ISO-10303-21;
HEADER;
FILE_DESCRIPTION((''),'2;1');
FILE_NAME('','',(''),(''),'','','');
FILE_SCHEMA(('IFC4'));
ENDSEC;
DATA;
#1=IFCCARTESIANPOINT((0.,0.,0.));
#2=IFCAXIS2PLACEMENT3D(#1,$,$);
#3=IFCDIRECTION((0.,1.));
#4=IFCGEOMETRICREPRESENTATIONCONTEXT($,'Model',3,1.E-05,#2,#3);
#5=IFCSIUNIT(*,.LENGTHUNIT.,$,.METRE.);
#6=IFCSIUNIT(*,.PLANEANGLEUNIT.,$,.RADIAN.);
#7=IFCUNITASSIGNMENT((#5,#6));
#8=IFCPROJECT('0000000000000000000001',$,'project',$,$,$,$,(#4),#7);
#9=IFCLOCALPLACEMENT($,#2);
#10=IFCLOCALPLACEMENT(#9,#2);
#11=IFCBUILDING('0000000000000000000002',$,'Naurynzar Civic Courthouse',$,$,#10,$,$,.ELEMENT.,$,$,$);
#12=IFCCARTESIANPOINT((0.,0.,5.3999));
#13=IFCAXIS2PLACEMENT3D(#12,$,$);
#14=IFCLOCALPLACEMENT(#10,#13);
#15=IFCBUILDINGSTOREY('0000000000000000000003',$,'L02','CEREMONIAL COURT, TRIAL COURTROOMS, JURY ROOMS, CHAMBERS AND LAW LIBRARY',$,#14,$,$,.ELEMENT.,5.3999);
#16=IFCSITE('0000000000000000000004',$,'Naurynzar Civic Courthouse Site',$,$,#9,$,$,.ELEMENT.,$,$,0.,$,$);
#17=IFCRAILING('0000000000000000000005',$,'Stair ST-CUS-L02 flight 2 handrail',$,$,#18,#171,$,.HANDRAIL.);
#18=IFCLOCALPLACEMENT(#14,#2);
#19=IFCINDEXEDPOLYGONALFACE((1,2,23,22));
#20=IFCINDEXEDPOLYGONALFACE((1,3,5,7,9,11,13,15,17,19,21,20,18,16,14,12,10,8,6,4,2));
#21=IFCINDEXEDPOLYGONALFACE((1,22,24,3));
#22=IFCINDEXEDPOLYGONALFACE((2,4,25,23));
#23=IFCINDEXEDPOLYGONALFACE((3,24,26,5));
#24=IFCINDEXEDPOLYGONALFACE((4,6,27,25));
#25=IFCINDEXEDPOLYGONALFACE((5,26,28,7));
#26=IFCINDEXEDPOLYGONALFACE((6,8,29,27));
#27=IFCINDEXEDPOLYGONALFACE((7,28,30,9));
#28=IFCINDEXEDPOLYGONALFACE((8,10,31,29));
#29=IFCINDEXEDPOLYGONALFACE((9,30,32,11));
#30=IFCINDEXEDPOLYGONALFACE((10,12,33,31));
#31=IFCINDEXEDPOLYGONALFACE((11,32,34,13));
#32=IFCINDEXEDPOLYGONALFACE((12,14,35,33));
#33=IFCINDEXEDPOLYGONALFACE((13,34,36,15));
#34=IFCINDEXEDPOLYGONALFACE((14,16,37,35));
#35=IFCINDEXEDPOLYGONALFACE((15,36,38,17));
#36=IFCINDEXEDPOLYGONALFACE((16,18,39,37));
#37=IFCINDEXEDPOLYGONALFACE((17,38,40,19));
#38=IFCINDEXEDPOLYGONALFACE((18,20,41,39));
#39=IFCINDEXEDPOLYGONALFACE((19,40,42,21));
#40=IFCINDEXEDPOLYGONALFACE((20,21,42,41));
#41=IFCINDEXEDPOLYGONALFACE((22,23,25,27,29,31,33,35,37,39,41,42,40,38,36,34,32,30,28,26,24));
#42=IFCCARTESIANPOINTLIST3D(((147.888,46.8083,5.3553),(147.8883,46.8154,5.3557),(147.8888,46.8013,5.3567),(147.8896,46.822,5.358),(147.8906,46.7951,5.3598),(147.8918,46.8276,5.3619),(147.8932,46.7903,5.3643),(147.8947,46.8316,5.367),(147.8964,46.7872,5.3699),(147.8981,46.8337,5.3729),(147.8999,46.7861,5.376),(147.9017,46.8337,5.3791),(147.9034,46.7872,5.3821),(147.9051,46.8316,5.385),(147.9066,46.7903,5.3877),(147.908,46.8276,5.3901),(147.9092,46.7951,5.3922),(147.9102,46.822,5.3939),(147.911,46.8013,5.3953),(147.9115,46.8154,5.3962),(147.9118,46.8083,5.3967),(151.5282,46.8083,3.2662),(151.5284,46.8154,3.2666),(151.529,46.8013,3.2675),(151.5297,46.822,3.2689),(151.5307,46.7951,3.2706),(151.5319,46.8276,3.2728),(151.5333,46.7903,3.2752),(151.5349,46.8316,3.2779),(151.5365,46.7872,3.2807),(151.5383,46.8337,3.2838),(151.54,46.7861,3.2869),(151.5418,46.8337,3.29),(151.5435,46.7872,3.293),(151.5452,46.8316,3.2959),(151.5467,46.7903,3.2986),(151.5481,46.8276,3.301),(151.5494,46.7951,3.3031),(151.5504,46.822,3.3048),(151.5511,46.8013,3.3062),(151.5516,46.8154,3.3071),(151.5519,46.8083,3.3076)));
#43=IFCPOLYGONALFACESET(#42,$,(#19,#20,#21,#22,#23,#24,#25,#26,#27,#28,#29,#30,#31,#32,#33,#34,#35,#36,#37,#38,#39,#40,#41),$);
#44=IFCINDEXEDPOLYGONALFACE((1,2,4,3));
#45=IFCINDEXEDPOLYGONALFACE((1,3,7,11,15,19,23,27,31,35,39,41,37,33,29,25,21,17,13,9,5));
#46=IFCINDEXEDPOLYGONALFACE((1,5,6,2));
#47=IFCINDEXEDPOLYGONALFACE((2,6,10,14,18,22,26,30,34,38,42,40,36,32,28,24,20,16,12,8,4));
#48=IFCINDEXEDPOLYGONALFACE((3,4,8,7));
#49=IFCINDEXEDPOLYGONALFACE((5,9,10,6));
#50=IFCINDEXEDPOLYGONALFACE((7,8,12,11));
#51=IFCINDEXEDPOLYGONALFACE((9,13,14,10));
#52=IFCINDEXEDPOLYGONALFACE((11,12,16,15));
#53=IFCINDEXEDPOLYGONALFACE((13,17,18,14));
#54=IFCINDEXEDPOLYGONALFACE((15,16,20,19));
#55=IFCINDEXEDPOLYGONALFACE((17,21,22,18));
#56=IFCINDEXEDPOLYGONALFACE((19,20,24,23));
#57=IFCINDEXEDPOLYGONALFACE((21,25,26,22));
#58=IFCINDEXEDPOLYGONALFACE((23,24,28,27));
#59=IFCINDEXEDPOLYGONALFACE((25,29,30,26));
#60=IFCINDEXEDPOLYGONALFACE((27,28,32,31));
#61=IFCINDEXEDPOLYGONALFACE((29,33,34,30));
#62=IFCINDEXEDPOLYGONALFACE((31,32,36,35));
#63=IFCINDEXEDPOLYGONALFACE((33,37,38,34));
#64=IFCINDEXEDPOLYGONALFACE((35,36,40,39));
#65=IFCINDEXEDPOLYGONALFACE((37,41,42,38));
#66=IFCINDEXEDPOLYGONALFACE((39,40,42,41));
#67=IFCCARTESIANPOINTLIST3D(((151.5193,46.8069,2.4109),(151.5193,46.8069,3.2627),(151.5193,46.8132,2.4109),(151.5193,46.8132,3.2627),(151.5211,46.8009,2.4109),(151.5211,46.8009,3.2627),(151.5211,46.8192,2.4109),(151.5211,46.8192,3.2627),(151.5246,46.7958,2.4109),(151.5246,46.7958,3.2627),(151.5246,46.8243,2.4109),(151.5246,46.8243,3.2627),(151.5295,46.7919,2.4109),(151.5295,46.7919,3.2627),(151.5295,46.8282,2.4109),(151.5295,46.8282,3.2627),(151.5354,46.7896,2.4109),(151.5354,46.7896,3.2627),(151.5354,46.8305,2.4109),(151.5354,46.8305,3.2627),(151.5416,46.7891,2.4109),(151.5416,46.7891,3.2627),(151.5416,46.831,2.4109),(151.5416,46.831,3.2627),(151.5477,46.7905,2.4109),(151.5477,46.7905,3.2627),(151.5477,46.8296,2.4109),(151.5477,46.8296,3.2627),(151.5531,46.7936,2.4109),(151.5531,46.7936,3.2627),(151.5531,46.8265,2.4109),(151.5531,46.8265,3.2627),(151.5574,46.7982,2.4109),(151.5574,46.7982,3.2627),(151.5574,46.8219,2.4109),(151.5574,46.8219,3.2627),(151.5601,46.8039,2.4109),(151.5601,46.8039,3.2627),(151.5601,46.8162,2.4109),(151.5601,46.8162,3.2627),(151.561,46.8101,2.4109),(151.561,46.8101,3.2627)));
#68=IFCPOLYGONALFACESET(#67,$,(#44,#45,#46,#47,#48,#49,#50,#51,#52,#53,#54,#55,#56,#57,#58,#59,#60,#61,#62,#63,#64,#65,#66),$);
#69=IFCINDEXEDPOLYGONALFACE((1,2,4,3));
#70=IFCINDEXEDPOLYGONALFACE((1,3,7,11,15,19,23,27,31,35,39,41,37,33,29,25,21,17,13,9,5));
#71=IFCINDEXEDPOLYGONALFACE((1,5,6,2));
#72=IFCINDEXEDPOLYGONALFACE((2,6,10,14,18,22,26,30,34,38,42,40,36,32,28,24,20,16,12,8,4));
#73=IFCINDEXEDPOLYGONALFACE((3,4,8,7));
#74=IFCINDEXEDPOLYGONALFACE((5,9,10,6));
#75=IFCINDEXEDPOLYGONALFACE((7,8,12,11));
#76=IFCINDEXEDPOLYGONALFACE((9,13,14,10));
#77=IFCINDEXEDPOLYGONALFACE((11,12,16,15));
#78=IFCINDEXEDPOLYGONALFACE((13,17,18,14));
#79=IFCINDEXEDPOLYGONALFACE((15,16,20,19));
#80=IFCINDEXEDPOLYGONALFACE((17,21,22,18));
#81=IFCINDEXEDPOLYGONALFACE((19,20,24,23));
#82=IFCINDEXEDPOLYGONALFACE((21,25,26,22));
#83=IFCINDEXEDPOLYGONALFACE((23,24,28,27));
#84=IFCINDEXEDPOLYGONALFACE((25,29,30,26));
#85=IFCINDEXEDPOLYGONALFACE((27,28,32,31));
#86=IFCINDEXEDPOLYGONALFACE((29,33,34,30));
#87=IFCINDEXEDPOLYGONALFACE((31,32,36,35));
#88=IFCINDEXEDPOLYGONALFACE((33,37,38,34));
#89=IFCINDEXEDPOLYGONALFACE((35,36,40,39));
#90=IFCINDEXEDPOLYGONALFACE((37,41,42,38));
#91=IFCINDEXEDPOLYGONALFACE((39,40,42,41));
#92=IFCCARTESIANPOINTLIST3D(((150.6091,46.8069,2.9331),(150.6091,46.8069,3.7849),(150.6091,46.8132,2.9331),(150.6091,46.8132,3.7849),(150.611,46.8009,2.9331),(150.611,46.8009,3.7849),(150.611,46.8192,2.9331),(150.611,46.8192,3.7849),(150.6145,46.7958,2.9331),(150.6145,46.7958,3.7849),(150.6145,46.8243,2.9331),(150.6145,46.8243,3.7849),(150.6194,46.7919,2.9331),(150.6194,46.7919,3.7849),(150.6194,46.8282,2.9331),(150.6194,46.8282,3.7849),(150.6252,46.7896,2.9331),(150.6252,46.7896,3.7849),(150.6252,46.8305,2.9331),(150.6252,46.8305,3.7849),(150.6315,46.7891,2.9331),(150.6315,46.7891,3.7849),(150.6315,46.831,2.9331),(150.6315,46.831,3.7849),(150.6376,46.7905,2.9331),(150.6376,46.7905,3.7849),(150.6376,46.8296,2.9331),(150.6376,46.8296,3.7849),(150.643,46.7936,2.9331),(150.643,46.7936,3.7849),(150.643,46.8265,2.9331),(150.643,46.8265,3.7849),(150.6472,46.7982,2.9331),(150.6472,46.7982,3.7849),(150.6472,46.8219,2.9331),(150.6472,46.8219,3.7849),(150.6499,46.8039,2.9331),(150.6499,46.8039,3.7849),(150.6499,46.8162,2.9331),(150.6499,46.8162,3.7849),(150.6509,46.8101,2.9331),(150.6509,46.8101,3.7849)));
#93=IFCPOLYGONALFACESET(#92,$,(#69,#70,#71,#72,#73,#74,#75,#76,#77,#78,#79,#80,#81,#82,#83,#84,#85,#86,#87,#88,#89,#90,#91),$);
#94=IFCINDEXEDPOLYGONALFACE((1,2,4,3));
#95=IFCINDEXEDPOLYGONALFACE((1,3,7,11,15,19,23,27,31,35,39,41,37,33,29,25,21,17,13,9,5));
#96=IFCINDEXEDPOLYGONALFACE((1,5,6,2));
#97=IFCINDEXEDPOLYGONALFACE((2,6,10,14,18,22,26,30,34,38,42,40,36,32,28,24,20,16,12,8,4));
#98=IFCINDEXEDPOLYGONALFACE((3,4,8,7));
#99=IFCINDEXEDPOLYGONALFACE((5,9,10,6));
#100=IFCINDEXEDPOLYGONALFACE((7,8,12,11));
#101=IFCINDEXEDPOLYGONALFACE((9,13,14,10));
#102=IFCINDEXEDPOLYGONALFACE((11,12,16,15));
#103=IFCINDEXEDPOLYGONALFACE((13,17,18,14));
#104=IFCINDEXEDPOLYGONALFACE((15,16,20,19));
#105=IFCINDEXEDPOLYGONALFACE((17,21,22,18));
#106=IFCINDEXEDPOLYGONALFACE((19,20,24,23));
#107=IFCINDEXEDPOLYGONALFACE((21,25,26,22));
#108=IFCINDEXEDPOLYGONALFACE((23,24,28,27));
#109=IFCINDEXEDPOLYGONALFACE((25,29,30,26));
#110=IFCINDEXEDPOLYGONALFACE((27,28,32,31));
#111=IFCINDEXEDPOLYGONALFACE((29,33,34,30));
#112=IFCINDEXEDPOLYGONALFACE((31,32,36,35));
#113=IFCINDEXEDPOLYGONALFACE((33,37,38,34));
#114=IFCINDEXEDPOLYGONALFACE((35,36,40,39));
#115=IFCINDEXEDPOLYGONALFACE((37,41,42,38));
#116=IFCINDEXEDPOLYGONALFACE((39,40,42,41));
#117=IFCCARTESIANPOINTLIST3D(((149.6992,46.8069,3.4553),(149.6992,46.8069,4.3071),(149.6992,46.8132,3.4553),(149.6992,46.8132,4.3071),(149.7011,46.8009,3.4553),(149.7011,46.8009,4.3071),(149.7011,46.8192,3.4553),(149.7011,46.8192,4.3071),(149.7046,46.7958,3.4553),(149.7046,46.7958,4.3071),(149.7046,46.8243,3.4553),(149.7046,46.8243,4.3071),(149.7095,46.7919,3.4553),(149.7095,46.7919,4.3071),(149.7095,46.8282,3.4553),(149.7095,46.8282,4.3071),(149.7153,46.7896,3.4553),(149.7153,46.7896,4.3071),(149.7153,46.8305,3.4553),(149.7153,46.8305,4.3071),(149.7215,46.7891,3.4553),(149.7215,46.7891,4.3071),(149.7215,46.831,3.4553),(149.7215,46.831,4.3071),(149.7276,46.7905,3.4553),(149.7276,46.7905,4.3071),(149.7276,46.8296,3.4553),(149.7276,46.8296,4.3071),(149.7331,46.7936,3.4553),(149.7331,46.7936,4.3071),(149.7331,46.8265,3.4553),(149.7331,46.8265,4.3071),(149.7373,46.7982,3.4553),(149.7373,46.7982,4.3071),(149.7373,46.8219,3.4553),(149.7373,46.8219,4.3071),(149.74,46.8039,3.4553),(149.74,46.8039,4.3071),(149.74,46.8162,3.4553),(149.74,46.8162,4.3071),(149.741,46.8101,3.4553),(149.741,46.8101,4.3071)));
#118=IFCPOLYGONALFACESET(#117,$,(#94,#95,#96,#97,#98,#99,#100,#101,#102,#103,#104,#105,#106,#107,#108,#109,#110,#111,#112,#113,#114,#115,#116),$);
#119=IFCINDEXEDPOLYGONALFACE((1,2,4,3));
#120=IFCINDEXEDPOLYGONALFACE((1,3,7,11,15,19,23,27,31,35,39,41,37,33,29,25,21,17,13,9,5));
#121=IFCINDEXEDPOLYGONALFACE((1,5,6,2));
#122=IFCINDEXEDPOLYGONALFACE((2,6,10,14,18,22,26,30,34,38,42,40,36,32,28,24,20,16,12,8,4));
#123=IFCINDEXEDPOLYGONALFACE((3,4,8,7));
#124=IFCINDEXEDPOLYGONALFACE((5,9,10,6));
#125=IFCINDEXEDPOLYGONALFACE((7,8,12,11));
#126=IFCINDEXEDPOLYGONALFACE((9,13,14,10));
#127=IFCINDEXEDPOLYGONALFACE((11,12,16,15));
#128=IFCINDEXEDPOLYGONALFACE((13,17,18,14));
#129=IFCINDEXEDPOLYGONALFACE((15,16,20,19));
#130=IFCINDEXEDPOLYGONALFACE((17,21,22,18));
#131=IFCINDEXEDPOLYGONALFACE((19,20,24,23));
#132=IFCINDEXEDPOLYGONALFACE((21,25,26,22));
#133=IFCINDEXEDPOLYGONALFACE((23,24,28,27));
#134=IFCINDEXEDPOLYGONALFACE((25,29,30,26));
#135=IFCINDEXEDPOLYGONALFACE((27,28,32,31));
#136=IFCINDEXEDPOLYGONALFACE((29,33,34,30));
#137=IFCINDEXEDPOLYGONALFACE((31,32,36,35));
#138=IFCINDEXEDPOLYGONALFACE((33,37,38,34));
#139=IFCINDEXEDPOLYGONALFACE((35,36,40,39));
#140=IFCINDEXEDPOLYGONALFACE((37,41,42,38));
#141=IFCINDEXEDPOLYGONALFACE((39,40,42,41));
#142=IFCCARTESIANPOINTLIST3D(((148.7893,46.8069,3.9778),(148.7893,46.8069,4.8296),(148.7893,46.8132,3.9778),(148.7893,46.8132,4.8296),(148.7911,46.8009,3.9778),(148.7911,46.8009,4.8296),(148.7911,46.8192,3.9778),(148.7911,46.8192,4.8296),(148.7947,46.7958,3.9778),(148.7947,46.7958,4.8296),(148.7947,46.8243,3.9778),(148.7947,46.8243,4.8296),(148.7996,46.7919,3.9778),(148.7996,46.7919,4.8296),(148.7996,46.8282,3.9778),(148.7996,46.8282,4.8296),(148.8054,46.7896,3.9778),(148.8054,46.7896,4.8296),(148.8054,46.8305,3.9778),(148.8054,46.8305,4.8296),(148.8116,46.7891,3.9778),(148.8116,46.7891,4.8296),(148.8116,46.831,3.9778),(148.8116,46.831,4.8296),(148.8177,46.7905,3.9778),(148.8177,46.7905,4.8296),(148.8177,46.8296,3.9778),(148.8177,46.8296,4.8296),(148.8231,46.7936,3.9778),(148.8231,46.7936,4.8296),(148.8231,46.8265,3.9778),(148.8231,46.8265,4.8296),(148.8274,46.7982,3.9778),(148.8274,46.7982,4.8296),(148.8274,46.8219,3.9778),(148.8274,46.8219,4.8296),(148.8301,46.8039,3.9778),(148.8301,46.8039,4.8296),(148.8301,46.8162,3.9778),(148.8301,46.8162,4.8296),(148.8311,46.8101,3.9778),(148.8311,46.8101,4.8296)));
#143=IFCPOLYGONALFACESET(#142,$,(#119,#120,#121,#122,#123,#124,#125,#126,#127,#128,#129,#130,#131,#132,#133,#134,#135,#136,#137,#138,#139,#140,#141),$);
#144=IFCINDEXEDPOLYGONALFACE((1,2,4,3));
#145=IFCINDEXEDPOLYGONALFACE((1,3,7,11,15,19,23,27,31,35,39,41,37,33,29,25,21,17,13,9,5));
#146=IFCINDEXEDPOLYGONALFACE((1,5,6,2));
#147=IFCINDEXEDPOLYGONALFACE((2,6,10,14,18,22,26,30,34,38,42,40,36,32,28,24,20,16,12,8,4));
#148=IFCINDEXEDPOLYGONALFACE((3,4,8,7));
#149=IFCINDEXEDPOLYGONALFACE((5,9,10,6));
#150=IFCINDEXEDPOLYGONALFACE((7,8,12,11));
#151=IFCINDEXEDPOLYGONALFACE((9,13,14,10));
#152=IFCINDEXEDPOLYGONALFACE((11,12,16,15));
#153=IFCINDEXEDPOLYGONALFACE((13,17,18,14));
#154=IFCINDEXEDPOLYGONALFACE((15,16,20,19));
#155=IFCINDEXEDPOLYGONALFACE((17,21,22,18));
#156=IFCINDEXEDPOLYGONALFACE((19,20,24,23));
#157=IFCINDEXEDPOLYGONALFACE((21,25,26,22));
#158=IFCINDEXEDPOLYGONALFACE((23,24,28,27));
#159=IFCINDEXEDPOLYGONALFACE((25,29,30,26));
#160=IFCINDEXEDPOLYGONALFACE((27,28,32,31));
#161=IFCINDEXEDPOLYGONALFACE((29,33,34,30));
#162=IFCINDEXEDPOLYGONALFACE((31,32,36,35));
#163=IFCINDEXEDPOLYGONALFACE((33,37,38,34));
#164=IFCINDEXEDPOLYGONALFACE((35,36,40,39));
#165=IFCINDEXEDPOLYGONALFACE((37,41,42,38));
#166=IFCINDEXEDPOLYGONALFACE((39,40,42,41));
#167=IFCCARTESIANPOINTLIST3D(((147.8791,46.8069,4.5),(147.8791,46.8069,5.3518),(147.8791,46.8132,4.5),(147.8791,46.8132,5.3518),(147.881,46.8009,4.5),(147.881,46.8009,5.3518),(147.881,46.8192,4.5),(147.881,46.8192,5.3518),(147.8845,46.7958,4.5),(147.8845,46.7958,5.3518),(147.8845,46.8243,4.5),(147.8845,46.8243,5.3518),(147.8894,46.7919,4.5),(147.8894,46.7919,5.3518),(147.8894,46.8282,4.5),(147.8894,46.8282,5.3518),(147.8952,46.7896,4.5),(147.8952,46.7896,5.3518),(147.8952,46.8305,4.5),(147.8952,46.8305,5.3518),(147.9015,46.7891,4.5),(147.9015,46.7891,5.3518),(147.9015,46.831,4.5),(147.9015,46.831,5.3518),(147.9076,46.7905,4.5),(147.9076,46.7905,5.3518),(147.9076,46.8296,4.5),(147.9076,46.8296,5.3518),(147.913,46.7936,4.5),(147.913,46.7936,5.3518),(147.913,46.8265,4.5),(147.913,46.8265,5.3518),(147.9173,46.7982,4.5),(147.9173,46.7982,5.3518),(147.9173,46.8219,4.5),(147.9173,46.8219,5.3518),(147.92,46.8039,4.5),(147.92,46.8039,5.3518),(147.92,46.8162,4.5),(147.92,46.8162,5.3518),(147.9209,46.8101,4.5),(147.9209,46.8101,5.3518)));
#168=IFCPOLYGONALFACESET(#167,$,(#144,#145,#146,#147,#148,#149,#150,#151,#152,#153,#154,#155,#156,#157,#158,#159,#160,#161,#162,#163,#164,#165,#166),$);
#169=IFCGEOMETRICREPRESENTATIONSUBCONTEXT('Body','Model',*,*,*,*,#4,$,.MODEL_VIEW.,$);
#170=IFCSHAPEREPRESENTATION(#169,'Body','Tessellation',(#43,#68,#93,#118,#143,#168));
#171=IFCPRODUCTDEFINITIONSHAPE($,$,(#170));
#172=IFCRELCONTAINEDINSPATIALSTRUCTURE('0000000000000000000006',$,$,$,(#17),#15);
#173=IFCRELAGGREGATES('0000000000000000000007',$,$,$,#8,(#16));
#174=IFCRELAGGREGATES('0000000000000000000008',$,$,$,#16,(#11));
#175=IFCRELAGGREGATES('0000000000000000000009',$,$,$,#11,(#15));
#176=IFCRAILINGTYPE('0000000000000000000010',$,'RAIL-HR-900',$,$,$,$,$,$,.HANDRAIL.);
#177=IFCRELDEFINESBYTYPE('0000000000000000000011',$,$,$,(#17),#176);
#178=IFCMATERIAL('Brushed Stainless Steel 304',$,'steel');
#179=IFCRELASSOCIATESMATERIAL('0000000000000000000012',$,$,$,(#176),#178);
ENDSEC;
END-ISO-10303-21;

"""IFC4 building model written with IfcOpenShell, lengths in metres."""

from ifc_helpers import new_model, si_unit, direction, frame, origin, origin_2d, place, context, subcontext, project, spatial, circle, extrude, material, type_object, element, save


model = new_model("IFC4")

# Units and contexts
model_context = context("Model", 3, precision=1e-05, world=origin(), true_north=direction((0.0, 1.0)))
body_context = subcontext(model_context, "Body", "Model", "MODEL_VIEW")
ifc_project = project(units=[si_unit("LENGTHUNIT", "METRE"), si_unit("PLANEANGLEUNIT", "RADIAN")], contexts=[model_context])

# Site, building, storey
site_placement = place(None, origin())
site = spatial("IfcSite", under=ifc_project, at=site_placement, Name="Naurynzar Civic Courthouse Site", CompositionType="ELEMENT", RefElevation=0.0)
building_placement = place(site_placement, origin())
building = spatial("IfcBuilding", under=site, at=building_placement, Name="Naurynzar Civic Courthouse", CompositionType="ELEMENT")
storey_placement = place(building_placement, frame((0.0, 0.0, 5.3999)))
storey = spatial("IfcBuildingStorey", under=building, at=storey_placement, Name="L02", Description="CEREMONIAL COURT, TRIAL COURTROOMS, JURY ROOMS, CHAMBERS AND LAW LIBRARY", CompositionType="ELEMENT", Elevation=5.3999)

# Railing
ifc_material_1 = material(Name="Brushed Stainless Steel 304", Category="steel")
railing_type_1 = type_object("IfcRailingType", Name="RAIL-HR-900", PredefinedType="HANDRAIL", material=ifc_material_1)
railing_1_placement = place(storey_placement, frame((151.54, 46.8101, 2.4109)))
element("IfcRailing", 1, at=railing_1_placement, inside=storey, type_object=railing_type_1, Name="Stair ST-CUS-L02 flight 2 handrail", PredefinedType="HANDRAIL", context=body_context, shape_type="SweptSolid", body=[
    extrude(circle(Radius=0.0239, at=origin_2d()), frame((0.0, 0.0, 0.876), z_axis=(-0.867314, 0.0, 0.497761), x_axis=(0.0, -1.0, 0.0)), (0.0, 0.0, 1.0), 4.197),
    extrude(circle(Radius=0.021, at=origin_2d()), origin(), (0.0, 0.0, 1.0), 0.8518),
    extrude(circle(Radius=0.021, at=origin_2d()), frame((-0.9102, 0.0, 0.5222)), (0.0, 0.0, 1.0), 0.8518),
    extrude(circle(Radius=0.021, at=origin_2d()), frame((-1.8201, 0.0, 1.0444)), (0.0, 0.0, 1.0), 0.8518),
    extrude(circle(Radius=0.021, at=origin_2d()), frame((-2.73, 0.0, 1.5669)), (0.0, 0.0, 1.0), 0.8518),
    extrude(circle(Radius=0.021, at=origin_2d()), frame((-3.6401, 0.0, 2.0891)), (0.0, 0.0, 1.0), 0.8518),
])

save(model, "model.ifc")
